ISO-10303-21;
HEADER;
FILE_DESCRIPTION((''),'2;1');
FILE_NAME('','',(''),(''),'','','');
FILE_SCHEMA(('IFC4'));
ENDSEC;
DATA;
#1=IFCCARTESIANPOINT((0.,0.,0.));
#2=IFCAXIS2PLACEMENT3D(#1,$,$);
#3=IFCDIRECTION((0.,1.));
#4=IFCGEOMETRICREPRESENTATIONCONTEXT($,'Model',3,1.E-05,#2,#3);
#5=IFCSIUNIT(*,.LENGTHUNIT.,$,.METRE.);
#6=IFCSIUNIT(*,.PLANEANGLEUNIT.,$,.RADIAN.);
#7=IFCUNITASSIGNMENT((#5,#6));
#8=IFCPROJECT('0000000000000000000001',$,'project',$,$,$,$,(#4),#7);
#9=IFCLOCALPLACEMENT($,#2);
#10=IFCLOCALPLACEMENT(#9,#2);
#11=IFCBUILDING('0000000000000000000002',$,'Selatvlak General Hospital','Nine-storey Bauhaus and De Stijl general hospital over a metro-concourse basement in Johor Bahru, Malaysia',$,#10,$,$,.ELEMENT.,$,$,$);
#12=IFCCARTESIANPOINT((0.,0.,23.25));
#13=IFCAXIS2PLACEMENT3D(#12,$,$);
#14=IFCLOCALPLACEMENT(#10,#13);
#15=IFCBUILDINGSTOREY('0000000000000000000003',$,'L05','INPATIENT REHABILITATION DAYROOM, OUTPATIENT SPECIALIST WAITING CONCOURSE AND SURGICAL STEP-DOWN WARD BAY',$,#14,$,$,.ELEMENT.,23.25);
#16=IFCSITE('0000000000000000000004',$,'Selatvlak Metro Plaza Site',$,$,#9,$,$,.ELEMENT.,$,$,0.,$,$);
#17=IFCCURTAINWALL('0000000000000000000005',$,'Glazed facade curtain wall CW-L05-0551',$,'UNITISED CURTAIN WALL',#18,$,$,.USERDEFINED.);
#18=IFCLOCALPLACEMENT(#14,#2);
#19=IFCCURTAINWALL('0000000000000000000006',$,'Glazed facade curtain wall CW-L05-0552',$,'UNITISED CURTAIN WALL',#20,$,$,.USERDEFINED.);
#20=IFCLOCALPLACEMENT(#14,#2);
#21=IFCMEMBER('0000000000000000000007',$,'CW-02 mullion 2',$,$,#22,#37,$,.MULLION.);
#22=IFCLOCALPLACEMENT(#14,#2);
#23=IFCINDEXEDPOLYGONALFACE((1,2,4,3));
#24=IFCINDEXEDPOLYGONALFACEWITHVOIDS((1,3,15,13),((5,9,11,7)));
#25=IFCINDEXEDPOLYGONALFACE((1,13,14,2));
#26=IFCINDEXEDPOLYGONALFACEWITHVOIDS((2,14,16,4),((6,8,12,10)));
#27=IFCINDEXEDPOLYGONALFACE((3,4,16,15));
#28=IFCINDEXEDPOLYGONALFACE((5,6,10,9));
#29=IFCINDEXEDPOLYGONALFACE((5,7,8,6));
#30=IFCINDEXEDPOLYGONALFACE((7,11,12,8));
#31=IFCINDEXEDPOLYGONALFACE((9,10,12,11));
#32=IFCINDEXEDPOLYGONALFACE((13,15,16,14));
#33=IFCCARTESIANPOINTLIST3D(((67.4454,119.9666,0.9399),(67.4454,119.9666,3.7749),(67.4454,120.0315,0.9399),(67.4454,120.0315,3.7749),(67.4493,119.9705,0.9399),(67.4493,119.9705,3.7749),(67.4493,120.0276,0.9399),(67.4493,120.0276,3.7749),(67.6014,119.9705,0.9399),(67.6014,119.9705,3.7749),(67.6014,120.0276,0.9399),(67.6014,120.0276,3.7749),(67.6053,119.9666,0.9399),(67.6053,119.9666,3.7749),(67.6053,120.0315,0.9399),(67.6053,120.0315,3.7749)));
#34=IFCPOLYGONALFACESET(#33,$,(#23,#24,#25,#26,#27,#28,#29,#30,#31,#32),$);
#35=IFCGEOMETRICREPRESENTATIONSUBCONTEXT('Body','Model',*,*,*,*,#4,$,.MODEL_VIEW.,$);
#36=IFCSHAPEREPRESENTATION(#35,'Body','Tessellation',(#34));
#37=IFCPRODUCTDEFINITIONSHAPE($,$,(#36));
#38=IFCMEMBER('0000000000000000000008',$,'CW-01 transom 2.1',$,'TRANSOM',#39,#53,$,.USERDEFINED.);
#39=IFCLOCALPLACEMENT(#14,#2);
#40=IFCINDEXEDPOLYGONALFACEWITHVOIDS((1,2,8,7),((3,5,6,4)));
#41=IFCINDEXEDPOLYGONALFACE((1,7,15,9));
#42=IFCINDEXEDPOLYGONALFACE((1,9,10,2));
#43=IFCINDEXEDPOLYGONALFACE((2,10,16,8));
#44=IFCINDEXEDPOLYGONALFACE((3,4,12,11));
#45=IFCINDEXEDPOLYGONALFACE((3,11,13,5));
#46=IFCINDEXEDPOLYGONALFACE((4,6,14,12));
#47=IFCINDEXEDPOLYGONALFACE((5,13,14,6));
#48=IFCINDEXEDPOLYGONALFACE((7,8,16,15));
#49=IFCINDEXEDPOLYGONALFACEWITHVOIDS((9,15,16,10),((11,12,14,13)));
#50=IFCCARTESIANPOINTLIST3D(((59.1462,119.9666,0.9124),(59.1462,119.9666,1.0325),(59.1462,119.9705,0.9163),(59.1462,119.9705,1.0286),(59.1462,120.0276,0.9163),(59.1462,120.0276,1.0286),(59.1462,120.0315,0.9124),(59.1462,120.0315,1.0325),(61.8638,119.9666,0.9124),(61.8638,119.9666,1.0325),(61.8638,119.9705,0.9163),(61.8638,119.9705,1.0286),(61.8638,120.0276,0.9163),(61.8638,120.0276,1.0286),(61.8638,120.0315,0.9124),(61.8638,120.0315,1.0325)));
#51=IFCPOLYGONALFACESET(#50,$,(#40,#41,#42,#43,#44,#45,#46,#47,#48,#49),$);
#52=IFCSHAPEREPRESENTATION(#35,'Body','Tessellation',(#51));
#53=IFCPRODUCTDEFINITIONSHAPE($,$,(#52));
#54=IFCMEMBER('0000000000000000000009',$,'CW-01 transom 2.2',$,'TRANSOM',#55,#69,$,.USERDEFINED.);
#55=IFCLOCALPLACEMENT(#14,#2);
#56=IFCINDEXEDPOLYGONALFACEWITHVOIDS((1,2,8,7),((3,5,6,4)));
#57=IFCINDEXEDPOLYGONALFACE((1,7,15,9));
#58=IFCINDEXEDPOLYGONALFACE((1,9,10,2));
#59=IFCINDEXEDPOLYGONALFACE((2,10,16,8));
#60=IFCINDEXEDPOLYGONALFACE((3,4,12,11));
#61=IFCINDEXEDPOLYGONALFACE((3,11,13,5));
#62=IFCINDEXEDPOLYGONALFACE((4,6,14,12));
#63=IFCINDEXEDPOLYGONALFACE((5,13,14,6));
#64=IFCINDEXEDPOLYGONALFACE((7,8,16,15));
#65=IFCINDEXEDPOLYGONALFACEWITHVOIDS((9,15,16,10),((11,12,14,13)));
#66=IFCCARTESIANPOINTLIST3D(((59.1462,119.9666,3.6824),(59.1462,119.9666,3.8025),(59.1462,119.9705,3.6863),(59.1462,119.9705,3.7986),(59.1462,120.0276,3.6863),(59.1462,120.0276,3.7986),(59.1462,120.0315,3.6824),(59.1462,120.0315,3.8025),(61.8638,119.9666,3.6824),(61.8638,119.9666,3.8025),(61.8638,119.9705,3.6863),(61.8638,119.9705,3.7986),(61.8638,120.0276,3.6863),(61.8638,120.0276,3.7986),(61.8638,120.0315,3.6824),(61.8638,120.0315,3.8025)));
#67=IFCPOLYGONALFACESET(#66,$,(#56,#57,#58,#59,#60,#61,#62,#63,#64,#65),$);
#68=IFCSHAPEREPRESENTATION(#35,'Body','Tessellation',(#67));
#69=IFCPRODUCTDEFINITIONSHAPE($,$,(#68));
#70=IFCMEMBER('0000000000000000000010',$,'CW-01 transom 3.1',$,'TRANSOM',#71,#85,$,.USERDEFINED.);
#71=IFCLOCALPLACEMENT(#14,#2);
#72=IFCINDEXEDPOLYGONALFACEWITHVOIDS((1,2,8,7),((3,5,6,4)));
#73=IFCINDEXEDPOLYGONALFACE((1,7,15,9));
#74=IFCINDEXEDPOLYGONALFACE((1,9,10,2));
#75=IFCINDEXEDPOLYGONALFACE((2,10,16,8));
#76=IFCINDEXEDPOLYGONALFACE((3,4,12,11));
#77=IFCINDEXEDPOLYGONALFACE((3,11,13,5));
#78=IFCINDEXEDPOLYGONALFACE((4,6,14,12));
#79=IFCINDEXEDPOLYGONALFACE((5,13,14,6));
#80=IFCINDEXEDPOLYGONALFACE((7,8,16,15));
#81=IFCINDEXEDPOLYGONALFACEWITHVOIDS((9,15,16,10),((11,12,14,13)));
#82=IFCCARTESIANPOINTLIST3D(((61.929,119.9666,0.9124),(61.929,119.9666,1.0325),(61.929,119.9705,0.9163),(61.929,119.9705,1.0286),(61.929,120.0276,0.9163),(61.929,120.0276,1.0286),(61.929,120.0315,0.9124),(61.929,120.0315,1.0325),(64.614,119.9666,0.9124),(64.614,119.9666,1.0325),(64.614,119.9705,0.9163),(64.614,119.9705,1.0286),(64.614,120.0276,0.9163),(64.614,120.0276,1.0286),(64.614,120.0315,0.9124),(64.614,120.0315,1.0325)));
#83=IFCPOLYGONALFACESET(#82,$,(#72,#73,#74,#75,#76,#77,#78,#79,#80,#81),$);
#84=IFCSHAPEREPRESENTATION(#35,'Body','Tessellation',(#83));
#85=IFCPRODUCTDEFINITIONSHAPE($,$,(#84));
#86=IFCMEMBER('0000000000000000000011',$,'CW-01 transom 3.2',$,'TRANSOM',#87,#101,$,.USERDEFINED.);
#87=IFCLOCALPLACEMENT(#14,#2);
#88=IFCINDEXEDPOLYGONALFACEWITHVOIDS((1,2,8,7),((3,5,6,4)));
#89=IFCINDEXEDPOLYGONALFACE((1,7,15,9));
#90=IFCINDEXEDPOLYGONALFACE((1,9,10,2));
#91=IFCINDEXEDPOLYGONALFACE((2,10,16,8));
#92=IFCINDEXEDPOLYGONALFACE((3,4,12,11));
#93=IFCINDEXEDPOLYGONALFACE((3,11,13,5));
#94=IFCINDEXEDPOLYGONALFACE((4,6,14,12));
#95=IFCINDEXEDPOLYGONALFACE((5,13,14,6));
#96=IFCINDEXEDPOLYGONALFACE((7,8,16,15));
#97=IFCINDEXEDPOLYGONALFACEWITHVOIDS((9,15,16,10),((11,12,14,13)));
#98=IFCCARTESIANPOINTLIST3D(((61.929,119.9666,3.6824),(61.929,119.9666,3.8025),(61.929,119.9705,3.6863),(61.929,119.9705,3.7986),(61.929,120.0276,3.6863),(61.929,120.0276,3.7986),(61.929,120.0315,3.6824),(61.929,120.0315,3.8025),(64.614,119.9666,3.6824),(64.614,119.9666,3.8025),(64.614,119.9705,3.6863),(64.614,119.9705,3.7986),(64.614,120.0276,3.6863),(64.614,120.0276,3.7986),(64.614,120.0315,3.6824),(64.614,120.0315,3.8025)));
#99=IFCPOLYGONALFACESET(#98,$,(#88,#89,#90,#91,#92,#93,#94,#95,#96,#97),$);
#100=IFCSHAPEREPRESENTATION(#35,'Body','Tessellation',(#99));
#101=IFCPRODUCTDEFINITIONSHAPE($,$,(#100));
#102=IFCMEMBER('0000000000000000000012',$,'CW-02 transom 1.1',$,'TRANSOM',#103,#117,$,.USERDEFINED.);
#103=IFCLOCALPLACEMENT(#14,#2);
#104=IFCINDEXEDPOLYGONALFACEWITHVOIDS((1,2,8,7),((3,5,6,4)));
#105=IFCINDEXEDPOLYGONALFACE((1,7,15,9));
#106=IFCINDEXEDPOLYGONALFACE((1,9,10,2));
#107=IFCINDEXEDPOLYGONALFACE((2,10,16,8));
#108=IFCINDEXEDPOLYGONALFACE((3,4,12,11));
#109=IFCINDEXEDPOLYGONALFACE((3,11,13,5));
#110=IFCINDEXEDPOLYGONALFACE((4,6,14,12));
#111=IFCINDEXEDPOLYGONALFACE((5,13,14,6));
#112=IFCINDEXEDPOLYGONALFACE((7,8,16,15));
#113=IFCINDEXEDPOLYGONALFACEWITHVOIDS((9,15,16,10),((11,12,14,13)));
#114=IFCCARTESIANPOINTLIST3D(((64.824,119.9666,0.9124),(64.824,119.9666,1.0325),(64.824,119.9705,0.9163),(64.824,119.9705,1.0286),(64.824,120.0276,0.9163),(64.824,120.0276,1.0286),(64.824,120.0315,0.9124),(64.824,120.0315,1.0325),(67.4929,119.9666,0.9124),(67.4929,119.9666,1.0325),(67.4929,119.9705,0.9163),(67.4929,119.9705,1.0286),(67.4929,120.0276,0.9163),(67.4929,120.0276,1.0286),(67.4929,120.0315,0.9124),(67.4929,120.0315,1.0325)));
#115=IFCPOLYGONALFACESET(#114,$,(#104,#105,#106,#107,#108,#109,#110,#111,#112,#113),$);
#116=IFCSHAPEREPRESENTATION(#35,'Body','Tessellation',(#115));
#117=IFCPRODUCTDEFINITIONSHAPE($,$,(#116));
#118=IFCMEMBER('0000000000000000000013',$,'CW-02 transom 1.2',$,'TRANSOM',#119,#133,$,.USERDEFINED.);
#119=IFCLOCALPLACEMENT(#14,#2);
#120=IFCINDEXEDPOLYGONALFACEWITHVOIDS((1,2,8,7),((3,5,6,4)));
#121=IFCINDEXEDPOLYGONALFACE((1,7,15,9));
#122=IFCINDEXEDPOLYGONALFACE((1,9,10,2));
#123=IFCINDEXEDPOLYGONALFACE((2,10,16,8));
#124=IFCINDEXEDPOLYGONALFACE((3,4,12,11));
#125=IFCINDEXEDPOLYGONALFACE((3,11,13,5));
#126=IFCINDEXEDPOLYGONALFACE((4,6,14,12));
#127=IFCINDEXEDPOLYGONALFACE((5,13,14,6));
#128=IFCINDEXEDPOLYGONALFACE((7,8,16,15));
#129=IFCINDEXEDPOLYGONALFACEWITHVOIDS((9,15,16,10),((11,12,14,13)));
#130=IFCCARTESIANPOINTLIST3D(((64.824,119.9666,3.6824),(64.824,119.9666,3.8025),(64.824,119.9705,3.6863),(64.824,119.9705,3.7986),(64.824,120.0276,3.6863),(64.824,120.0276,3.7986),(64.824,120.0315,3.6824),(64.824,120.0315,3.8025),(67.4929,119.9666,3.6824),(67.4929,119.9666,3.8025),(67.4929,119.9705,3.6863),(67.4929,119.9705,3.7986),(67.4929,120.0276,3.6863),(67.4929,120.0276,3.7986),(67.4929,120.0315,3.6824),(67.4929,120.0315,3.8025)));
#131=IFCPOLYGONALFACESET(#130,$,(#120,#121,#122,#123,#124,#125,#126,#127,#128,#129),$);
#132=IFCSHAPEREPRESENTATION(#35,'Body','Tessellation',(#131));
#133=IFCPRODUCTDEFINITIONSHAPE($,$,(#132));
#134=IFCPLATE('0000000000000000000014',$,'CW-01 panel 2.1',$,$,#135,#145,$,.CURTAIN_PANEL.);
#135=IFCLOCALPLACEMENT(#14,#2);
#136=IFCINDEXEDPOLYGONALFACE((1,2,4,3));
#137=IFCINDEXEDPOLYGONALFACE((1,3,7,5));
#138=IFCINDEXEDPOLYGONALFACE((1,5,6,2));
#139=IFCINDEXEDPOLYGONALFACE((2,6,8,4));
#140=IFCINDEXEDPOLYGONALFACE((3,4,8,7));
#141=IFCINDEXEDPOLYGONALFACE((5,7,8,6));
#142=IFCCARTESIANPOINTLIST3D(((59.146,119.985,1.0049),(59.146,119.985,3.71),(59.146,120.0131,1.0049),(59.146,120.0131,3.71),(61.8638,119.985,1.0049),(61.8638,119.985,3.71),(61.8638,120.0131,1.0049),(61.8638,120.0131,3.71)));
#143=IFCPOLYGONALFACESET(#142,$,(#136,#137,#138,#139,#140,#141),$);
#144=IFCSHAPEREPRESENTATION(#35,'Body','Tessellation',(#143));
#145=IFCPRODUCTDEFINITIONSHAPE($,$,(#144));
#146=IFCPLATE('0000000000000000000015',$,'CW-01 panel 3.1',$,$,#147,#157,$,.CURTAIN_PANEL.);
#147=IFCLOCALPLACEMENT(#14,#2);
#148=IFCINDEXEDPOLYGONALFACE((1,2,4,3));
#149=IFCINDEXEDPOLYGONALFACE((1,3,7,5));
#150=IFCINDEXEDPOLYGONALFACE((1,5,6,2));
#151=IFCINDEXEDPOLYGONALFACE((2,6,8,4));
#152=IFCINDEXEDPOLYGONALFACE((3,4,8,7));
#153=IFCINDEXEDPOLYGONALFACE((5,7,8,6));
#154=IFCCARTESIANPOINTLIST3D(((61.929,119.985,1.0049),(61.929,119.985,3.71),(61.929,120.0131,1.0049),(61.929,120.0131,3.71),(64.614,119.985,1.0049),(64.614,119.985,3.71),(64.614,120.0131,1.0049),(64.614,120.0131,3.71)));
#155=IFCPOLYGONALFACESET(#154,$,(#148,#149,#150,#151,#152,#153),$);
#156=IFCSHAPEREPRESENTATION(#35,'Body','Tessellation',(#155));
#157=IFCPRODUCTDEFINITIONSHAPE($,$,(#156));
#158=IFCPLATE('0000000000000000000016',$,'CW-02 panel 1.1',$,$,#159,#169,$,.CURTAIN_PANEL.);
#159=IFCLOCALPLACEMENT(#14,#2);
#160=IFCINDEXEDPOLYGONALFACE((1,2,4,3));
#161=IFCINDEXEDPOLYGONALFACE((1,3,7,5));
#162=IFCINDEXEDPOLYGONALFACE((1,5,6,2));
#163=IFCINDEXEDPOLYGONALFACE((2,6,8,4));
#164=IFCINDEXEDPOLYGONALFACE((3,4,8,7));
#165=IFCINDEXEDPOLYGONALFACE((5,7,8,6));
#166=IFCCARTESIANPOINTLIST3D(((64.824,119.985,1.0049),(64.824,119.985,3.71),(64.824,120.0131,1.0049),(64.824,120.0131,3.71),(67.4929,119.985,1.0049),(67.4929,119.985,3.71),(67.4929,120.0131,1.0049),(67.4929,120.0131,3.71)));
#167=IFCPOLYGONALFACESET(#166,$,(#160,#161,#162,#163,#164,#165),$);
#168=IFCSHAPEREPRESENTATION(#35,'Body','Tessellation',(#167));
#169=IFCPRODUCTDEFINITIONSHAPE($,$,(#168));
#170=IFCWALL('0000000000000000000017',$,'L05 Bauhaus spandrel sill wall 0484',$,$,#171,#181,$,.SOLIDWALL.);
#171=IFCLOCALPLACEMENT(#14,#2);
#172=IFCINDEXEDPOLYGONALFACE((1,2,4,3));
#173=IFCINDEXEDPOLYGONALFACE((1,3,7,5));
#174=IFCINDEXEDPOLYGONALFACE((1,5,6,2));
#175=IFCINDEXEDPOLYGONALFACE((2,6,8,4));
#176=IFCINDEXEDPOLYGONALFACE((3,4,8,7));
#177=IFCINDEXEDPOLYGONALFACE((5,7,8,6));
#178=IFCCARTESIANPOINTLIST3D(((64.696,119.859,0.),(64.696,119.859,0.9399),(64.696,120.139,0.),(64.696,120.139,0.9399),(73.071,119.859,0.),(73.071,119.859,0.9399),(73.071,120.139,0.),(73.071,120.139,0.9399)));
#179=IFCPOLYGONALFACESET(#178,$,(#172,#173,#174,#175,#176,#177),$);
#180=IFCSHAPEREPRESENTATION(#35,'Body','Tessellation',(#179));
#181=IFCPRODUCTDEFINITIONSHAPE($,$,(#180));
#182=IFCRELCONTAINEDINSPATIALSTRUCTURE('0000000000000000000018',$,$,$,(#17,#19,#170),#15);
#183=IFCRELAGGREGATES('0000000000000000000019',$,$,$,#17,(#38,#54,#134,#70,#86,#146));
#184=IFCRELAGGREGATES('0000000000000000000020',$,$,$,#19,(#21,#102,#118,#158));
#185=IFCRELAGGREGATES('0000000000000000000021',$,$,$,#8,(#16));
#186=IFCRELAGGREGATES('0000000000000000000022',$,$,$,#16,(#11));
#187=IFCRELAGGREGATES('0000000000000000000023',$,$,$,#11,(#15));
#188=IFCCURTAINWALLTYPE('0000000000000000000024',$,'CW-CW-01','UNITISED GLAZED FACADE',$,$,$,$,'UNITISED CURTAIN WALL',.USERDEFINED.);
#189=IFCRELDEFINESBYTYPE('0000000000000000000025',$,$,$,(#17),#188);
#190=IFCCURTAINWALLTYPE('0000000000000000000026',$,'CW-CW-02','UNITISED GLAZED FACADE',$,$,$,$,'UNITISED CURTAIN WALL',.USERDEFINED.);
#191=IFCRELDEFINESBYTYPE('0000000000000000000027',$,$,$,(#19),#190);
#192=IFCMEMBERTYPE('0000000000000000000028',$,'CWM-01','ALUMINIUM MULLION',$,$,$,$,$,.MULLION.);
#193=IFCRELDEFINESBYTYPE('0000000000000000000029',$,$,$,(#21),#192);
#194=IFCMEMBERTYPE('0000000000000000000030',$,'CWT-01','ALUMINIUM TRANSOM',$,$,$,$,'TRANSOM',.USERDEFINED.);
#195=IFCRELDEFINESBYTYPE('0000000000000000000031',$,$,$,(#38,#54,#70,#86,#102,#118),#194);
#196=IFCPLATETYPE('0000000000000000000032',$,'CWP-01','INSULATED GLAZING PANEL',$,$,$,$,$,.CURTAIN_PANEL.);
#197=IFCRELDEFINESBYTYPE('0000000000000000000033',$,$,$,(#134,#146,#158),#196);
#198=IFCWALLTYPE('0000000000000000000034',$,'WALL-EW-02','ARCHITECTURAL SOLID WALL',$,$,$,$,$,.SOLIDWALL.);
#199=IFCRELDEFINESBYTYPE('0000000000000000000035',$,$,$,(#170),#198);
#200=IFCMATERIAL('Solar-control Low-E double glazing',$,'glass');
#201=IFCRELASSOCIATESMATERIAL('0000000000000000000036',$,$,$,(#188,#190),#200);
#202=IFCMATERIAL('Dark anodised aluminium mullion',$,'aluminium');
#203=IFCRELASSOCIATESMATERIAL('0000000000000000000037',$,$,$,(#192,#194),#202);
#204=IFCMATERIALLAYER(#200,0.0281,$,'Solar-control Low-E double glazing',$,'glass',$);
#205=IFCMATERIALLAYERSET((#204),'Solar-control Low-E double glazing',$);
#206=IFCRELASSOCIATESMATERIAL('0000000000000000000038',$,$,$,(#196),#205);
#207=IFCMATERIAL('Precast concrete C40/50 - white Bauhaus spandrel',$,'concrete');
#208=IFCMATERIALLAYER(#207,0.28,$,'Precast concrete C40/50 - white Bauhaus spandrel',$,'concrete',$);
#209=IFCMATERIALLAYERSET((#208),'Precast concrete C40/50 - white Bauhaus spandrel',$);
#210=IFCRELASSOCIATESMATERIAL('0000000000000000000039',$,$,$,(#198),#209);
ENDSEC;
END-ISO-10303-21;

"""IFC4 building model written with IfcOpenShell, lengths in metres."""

from ifc_helpers import new_model, si_unit, direction, frame, frame_2d, origin, origin_2d, place, context, subcontext, project, spatial, rectangle, hollow_rectangle, extrude, material, layer, layer_set, material_profile, profile_set, type_object, element, aggregate, save


model = new_model("IFC4")

# Units and contexts
model_context = context("Model", 3, precision=1e-05, world=origin(), true_north=direction((0.0, 1.0)))
body_context = subcontext(model_context, "Body", "Model", "MODEL_VIEW")
ifc_project = project(units=[si_unit("LENGTHUNIT", "METRE"), si_unit("PLANEANGLEUNIT", "RADIAN")], contexts=[model_context])

# Site, building, storey
site_placement = place(None, origin())
site = spatial("IfcSite", under=ifc_project, at=site_placement, Name="Selatvlak Metro Plaza Site", CompositionType="ELEMENT", RefElevation=0.0)
building_placement = place(site_placement, origin())
building = spatial("IfcBuilding", under=site, at=building_placement, Name="Selatvlak General Hospital", Description="Nine-storey Bauhaus and De Stijl general hospital over a metro-concourse basement in Johor Bahru, Malaysia", CompositionType="ELEMENT")
storey_placement = place(building_placement, frame((0.0, 0.0, 23.25)))
storey = spatial("IfcBuildingStorey", under=building, at=storey_placement, Name="L05", Description="INPATIENT REHABILITATION DAYROOM, OUTPATIENT SPECIALIST WAITING CONCOURSE AND SURGICAL STEP-DOWN WARD BAY", CompositionType="ELEMENT", Elevation=23.25)

# Curtain walls, member
ifc_material_1 = material(Name="Solar-control Low-E double glazing", Category="glass")
curtain_wall_type_1 = type_object("IfcCurtainWallType", Name="CW-CW-01", Description="UNITISED GLAZED FACADE", ElementType="UNITISED CURTAIN WALL", PredefinedType="USERDEFINED", material=ifc_material_1)
curtain_wall_1_placement = place(storey_placement, origin())
curtain_wall_1 = element("IfcCurtainWall", 1, at=curtain_wall_1_placement, inside=storey, type_object=curtain_wall_type_1, Name="Glazed facade curtain wall CW-L05-0551", ObjectType="UNITISED CURTAIN WALL", PredefinedType="USERDEFINED")
ifc_material_2 = material(Name="Dark anodised aluminium mullion", Category="aluminium")
ifc_material_profile_1 = material_profile(ifc_material_2, hollow_rectangle(XDim=0.0649, YDim=0.1599, WallThickness=0.0039, at=origin_2d()), Name="AL-MUL 65x160x4")
ifc_profile_set_1 = profile_set([ifc_material_profile_1], Name="Dark anodised aluminium mullion")
member_type_1 = type_object("IfcMemberType", Name="CWM-01", Description="ALUMINIUM MULLION", PredefinedType="MULLION", material=ifc_profile_set_1)
curtain_wall_type_2 = type_object("IfcCurtainWallType", Name="CW-CW-02", Description="UNITISED GLAZED FACADE", ElementType="UNITISED CURTAIN WALL", PredefinedType="USERDEFINED", material=ifc_material_1)
curtain_wall_2_placement = place(storey_placement, origin())
curtain_wall_2 = element("IfcCurtainWall", 2, at=curtain_wall_2_placement, inside=storey, type_object=curtain_wall_type_2, Name="Glazed facade curtain wall CW-L05-0552", ObjectType="UNITISED CURTAIN WALL", PredefinedType="USERDEFINED")
member_1_placement = place(storey_placement, frame((67.5254, 119.999, 0.9399), z_axis=(0.0, 0.0, 1.0), x_axis=(0.0, 1.0, 0.0)))
member_1 = element("IfcMember", 3, at=member_1_placement, type_object=member_type_1, Name="CW-02 mullion 2", PredefinedType="MULLION", context=body_context, shape_type="SweptSolid", body=[
    extrude(hollow_rectangle(XDim=0.0649, YDim=0.1599, WallThickness=0.0039, at=origin_2d()), origin(), (0.0, 0.0, 1.0), 2.835),
])

# Members
ifc_material_profile_2 = material_profile(ifc_material_2, hollow_rectangle(XDim=0.0649, YDim=0.1201, WallThickness=0.0039, at=origin_2d()), Name="AL-TRN 65x120x4")
ifc_profile_set_2 = profile_set([ifc_material_profile_2], Name="Dark anodised aluminium mullion")
member_type_2 = type_object("IfcMemberType", Name="CWT-01", Description="ALUMINIUM TRANSOM", ElementType="TRANSOM", PredefinedType="USERDEFINED", material=ifc_profile_set_2)
member_2_placement = place(storey_placement, frame((59.1462, 119.999, 0.9724), z_axis=(1.0, 0.0, 0.0), x_axis=(0.0, 1.0, 0.0)))
member_2 = element("IfcMember", 4, at=member_2_placement, type_object=member_type_2, Name="CW-01 transom 2.1", ObjectType="TRANSOM", PredefinedType="USERDEFINED", context=body_context, shape_type="SweptSolid", body=[
    extrude(hollow_rectangle(XDim=0.0649, YDim=0.1201, WallThickness=0.0039, at=origin_2d()), origin(), (0.0, 0.0, 1.0), 2.7175),
])
member_3_placement = place(storey_placement, frame((59.1462, 119.999, 3.7424), z_axis=(1.0, 0.0, 0.0), x_axis=(0.0, 1.0, 0.0)))
member_3 = element("IfcMember", 5, at=member_3_placement, type_object=member_type_2, Name="CW-01 transom 2.2", ObjectType="TRANSOM", PredefinedType="USERDEFINED", context=body_context, shape_type="SweptSolid", body=[
    extrude(hollow_rectangle(XDim=0.0649, YDim=0.1201, WallThickness=0.0039, at=origin_2d()), origin(), (0.0, 0.0, 1.0), 2.7175),
])
member_4_placement = place(storey_placement, frame((61.929, 119.999, 0.9724), z_axis=(1.0, 0.0, 0.0), x_axis=(0.0, 1.0, 0.0)))
member_4 = element("IfcMember", 6, at=member_4_placement, type_object=member_type_2, Name="CW-01 transom 3.1", ObjectType="TRANSOM", PredefinedType="USERDEFINED", context=body_context, shape_type="SweptSolid", body=[
    extrude(hollow_rectangle(XDim=0.0649, YDim=0.1201, WallThickness=0.0039, at=origin_2d()), origin(), (0.0, 0.0, 1.0), 2.6851),
])
member_5_placement = place(storey_placement, frame((61.929, 119.999, 3.7424), z_axis=(1.0, 0.0, 0.0), x_axis=(0.0, 1.0, 0.0)))
member_5 = element("IfcMember", 7, at=member_5_placement, type_object=member_type_2, Name="CW-01 transom 3.2", ObjectType="TRANSOM", PredefinedType="USERDEFINED", context=body_context, shape_type="SweptSolid", body=[
    extrude(hollow_rectangle(XDim=0.0649, YDim=0.1201, WallThickness=0.0039, at=origin_2d()), origin(), (0.0, 0.0, 1.0), 2.6851),
])
member_6_placement = place(storey_placement, frame((64.824, 119.999, 0.9724), z_axis=(1.0, 0.0, 0.0), x_axis=(0.0, 1.0, 0.0)))
member_6 = element("IfcMember", 8, at=member_6_placement, type_object=member_type_2, Name="CW-02 transom 1.1", ObjectType="TRANSOM", PredefinedType="USERDEFINED", context=body_context, shape_type="SweptSolid", body=[
    extrude(hollow_rectangle(XDim=0.0649, YDim=0.1201, WallThickness=0.0039, at=origin_2d()), origin(), (0.0, 0.0, 1.0), 2.6689),
])
member_7_placement = place(storey_placement, frame((64.824, 119.999, 3.7424), z_axis=(1.0, 0.0, 0.0), x_axis=(0.0, 1.0, 0.0)))
member_7 = element("IfcMember", 9, at=member_7_placement, type_object=member_type_2, Name="CW-02 transom 1.2", ObjectType="TRANSOM", PredefinedType="USERDEFINED", context=body_context, shape_type="SweptSolid", body=[
    extrude(hollow_rectangle(XDim=0.0649, YDim=0.1201, WallThickness=0.0039, at=origin_2d()), origin(), (0.0, 0.0, 1.0), 2.6689),
])

# Plates
ifc_layer_1 = layer(ifc_material_1, 0.0281, Name="Solar-control Low-E double glazing", Category="glass")
ifc_layer_set_1 = layer_set([ifc_layer_1], Name="Solar-control Low-E double glazing")
plate_type = type_object("IfcPlateType", Name="CWP-01", Description="INSULATED GLAZING PANEL", PredefinedType="CURTAIN_PANEL", material=ifc_layer_set_1)
plate_1_placement = place(storey_placement, frame((60.5049, 119.999, 1.0049), z_axis=(0.0, 0.0, 1.0), x_axis=(1.0, 0.0, 0.0)))
plate_1 = element("IfcPlate", 10, at=plate_1_placement, type_object=plate_type, Name="CW-01 panel 2.1", PredefinedType="CURTAIN_PANEL", context=body_context, shape_type="SweptSolid", body=[
    extrude(rectangle(XDim=2.7178, YDim=0.0281, at=origin_2d()), origin(), (0.0, 0.0, 1.0), 2.7051),
])
plate_2_placement = place(storey_placement, frame((63.2715, 119.999, 1.0049), z_axis=(0.0, 0.0, 1.0), x_axis=(1.0, 0.0, 0.0)))
plate_2 = element("IfcPlate", 11, at=plate_2_placement, type_object=plate_type, Name="CW-01 panel 3.1", PredefinedType="CURTAIN_PANEL", context=body_context, shape_type="SweptSolid", body=[
    extrude(rectangle(XDim=2.6851, YDim=0.0281, at=origin_2d()), origin(), (0.0, 0.0, 1.0), 2.7051),
])
aggregate(curtain_wall_1, [member_2, member_3, plate_1, member_4, member_5, plate_2])
plate_3_placement = place(storey_placement, frame((66.1584, 119.999, 1.0049), z_axis=(0.0, 0.0, 1.0), x_axis=(1.0, 0.0, 0.0)))
plate_3 = element("IfcPlate", 12, at=plate_3_placement, type_object=plate_type, Name="CW-02 panel 1.1", PredefinedType="CURTAIN_PANEL", context=body_context, shape_type="SweptSolid", body=[
    extrude(rectangle(XDim=2.6689, YDim=0.0281, at=origin_2d()), origin(), (0.0, 0.0, 1.0), 2.7051),
])
aggregate(curtain_wall_2, [member_1, member_6, member_7, plate_3])

# Wall
ifc_material_3 = material(Name="Precast concrete C40/50 - white Bauhaus spandrel", Category="concrete")
ifc_layer_2 = layer(ifc_material_3, 0.28, Name="Precast concrete C40/50 - white Bauhaus spandrel", Category="concrete")
ifc_layer_set_2 = layer_set([ifc_layer_2], Name="Precast concrete C40/50 - white Bauhaus spandrel")
wall_type_1 = type_object("IfcWallType", Name="WALL-EW-02", Description="ARCHITECTURAL SOLID WALL", PredefinedType="SOLIDWALL", material=ifc_layer_set_2)
wall_1_placement = place(storey_placement, frame((64.696, 119.999, 0.0), z_axis=(0.0, 0.0, 1.0), x_axis=(1.0, 0.0, 0.0)))
element("IfcWall", 13, at=wall_1_placement, inside=storey, type_object=wall_type_1, Name="L05 Bauhaus spandrel sill wall 0484", PredefinedType="SOLIDWALL", context=body_context, shape_type="SweptSolid", body=[
    extrude(rectangle(XDim=8.375, YDim=0.28, at=frame_2d((4.1875, 0.0))), origin(), (0.0, 0.0, 1.0), 0.9399),
])

save(model, "model.ifc")
